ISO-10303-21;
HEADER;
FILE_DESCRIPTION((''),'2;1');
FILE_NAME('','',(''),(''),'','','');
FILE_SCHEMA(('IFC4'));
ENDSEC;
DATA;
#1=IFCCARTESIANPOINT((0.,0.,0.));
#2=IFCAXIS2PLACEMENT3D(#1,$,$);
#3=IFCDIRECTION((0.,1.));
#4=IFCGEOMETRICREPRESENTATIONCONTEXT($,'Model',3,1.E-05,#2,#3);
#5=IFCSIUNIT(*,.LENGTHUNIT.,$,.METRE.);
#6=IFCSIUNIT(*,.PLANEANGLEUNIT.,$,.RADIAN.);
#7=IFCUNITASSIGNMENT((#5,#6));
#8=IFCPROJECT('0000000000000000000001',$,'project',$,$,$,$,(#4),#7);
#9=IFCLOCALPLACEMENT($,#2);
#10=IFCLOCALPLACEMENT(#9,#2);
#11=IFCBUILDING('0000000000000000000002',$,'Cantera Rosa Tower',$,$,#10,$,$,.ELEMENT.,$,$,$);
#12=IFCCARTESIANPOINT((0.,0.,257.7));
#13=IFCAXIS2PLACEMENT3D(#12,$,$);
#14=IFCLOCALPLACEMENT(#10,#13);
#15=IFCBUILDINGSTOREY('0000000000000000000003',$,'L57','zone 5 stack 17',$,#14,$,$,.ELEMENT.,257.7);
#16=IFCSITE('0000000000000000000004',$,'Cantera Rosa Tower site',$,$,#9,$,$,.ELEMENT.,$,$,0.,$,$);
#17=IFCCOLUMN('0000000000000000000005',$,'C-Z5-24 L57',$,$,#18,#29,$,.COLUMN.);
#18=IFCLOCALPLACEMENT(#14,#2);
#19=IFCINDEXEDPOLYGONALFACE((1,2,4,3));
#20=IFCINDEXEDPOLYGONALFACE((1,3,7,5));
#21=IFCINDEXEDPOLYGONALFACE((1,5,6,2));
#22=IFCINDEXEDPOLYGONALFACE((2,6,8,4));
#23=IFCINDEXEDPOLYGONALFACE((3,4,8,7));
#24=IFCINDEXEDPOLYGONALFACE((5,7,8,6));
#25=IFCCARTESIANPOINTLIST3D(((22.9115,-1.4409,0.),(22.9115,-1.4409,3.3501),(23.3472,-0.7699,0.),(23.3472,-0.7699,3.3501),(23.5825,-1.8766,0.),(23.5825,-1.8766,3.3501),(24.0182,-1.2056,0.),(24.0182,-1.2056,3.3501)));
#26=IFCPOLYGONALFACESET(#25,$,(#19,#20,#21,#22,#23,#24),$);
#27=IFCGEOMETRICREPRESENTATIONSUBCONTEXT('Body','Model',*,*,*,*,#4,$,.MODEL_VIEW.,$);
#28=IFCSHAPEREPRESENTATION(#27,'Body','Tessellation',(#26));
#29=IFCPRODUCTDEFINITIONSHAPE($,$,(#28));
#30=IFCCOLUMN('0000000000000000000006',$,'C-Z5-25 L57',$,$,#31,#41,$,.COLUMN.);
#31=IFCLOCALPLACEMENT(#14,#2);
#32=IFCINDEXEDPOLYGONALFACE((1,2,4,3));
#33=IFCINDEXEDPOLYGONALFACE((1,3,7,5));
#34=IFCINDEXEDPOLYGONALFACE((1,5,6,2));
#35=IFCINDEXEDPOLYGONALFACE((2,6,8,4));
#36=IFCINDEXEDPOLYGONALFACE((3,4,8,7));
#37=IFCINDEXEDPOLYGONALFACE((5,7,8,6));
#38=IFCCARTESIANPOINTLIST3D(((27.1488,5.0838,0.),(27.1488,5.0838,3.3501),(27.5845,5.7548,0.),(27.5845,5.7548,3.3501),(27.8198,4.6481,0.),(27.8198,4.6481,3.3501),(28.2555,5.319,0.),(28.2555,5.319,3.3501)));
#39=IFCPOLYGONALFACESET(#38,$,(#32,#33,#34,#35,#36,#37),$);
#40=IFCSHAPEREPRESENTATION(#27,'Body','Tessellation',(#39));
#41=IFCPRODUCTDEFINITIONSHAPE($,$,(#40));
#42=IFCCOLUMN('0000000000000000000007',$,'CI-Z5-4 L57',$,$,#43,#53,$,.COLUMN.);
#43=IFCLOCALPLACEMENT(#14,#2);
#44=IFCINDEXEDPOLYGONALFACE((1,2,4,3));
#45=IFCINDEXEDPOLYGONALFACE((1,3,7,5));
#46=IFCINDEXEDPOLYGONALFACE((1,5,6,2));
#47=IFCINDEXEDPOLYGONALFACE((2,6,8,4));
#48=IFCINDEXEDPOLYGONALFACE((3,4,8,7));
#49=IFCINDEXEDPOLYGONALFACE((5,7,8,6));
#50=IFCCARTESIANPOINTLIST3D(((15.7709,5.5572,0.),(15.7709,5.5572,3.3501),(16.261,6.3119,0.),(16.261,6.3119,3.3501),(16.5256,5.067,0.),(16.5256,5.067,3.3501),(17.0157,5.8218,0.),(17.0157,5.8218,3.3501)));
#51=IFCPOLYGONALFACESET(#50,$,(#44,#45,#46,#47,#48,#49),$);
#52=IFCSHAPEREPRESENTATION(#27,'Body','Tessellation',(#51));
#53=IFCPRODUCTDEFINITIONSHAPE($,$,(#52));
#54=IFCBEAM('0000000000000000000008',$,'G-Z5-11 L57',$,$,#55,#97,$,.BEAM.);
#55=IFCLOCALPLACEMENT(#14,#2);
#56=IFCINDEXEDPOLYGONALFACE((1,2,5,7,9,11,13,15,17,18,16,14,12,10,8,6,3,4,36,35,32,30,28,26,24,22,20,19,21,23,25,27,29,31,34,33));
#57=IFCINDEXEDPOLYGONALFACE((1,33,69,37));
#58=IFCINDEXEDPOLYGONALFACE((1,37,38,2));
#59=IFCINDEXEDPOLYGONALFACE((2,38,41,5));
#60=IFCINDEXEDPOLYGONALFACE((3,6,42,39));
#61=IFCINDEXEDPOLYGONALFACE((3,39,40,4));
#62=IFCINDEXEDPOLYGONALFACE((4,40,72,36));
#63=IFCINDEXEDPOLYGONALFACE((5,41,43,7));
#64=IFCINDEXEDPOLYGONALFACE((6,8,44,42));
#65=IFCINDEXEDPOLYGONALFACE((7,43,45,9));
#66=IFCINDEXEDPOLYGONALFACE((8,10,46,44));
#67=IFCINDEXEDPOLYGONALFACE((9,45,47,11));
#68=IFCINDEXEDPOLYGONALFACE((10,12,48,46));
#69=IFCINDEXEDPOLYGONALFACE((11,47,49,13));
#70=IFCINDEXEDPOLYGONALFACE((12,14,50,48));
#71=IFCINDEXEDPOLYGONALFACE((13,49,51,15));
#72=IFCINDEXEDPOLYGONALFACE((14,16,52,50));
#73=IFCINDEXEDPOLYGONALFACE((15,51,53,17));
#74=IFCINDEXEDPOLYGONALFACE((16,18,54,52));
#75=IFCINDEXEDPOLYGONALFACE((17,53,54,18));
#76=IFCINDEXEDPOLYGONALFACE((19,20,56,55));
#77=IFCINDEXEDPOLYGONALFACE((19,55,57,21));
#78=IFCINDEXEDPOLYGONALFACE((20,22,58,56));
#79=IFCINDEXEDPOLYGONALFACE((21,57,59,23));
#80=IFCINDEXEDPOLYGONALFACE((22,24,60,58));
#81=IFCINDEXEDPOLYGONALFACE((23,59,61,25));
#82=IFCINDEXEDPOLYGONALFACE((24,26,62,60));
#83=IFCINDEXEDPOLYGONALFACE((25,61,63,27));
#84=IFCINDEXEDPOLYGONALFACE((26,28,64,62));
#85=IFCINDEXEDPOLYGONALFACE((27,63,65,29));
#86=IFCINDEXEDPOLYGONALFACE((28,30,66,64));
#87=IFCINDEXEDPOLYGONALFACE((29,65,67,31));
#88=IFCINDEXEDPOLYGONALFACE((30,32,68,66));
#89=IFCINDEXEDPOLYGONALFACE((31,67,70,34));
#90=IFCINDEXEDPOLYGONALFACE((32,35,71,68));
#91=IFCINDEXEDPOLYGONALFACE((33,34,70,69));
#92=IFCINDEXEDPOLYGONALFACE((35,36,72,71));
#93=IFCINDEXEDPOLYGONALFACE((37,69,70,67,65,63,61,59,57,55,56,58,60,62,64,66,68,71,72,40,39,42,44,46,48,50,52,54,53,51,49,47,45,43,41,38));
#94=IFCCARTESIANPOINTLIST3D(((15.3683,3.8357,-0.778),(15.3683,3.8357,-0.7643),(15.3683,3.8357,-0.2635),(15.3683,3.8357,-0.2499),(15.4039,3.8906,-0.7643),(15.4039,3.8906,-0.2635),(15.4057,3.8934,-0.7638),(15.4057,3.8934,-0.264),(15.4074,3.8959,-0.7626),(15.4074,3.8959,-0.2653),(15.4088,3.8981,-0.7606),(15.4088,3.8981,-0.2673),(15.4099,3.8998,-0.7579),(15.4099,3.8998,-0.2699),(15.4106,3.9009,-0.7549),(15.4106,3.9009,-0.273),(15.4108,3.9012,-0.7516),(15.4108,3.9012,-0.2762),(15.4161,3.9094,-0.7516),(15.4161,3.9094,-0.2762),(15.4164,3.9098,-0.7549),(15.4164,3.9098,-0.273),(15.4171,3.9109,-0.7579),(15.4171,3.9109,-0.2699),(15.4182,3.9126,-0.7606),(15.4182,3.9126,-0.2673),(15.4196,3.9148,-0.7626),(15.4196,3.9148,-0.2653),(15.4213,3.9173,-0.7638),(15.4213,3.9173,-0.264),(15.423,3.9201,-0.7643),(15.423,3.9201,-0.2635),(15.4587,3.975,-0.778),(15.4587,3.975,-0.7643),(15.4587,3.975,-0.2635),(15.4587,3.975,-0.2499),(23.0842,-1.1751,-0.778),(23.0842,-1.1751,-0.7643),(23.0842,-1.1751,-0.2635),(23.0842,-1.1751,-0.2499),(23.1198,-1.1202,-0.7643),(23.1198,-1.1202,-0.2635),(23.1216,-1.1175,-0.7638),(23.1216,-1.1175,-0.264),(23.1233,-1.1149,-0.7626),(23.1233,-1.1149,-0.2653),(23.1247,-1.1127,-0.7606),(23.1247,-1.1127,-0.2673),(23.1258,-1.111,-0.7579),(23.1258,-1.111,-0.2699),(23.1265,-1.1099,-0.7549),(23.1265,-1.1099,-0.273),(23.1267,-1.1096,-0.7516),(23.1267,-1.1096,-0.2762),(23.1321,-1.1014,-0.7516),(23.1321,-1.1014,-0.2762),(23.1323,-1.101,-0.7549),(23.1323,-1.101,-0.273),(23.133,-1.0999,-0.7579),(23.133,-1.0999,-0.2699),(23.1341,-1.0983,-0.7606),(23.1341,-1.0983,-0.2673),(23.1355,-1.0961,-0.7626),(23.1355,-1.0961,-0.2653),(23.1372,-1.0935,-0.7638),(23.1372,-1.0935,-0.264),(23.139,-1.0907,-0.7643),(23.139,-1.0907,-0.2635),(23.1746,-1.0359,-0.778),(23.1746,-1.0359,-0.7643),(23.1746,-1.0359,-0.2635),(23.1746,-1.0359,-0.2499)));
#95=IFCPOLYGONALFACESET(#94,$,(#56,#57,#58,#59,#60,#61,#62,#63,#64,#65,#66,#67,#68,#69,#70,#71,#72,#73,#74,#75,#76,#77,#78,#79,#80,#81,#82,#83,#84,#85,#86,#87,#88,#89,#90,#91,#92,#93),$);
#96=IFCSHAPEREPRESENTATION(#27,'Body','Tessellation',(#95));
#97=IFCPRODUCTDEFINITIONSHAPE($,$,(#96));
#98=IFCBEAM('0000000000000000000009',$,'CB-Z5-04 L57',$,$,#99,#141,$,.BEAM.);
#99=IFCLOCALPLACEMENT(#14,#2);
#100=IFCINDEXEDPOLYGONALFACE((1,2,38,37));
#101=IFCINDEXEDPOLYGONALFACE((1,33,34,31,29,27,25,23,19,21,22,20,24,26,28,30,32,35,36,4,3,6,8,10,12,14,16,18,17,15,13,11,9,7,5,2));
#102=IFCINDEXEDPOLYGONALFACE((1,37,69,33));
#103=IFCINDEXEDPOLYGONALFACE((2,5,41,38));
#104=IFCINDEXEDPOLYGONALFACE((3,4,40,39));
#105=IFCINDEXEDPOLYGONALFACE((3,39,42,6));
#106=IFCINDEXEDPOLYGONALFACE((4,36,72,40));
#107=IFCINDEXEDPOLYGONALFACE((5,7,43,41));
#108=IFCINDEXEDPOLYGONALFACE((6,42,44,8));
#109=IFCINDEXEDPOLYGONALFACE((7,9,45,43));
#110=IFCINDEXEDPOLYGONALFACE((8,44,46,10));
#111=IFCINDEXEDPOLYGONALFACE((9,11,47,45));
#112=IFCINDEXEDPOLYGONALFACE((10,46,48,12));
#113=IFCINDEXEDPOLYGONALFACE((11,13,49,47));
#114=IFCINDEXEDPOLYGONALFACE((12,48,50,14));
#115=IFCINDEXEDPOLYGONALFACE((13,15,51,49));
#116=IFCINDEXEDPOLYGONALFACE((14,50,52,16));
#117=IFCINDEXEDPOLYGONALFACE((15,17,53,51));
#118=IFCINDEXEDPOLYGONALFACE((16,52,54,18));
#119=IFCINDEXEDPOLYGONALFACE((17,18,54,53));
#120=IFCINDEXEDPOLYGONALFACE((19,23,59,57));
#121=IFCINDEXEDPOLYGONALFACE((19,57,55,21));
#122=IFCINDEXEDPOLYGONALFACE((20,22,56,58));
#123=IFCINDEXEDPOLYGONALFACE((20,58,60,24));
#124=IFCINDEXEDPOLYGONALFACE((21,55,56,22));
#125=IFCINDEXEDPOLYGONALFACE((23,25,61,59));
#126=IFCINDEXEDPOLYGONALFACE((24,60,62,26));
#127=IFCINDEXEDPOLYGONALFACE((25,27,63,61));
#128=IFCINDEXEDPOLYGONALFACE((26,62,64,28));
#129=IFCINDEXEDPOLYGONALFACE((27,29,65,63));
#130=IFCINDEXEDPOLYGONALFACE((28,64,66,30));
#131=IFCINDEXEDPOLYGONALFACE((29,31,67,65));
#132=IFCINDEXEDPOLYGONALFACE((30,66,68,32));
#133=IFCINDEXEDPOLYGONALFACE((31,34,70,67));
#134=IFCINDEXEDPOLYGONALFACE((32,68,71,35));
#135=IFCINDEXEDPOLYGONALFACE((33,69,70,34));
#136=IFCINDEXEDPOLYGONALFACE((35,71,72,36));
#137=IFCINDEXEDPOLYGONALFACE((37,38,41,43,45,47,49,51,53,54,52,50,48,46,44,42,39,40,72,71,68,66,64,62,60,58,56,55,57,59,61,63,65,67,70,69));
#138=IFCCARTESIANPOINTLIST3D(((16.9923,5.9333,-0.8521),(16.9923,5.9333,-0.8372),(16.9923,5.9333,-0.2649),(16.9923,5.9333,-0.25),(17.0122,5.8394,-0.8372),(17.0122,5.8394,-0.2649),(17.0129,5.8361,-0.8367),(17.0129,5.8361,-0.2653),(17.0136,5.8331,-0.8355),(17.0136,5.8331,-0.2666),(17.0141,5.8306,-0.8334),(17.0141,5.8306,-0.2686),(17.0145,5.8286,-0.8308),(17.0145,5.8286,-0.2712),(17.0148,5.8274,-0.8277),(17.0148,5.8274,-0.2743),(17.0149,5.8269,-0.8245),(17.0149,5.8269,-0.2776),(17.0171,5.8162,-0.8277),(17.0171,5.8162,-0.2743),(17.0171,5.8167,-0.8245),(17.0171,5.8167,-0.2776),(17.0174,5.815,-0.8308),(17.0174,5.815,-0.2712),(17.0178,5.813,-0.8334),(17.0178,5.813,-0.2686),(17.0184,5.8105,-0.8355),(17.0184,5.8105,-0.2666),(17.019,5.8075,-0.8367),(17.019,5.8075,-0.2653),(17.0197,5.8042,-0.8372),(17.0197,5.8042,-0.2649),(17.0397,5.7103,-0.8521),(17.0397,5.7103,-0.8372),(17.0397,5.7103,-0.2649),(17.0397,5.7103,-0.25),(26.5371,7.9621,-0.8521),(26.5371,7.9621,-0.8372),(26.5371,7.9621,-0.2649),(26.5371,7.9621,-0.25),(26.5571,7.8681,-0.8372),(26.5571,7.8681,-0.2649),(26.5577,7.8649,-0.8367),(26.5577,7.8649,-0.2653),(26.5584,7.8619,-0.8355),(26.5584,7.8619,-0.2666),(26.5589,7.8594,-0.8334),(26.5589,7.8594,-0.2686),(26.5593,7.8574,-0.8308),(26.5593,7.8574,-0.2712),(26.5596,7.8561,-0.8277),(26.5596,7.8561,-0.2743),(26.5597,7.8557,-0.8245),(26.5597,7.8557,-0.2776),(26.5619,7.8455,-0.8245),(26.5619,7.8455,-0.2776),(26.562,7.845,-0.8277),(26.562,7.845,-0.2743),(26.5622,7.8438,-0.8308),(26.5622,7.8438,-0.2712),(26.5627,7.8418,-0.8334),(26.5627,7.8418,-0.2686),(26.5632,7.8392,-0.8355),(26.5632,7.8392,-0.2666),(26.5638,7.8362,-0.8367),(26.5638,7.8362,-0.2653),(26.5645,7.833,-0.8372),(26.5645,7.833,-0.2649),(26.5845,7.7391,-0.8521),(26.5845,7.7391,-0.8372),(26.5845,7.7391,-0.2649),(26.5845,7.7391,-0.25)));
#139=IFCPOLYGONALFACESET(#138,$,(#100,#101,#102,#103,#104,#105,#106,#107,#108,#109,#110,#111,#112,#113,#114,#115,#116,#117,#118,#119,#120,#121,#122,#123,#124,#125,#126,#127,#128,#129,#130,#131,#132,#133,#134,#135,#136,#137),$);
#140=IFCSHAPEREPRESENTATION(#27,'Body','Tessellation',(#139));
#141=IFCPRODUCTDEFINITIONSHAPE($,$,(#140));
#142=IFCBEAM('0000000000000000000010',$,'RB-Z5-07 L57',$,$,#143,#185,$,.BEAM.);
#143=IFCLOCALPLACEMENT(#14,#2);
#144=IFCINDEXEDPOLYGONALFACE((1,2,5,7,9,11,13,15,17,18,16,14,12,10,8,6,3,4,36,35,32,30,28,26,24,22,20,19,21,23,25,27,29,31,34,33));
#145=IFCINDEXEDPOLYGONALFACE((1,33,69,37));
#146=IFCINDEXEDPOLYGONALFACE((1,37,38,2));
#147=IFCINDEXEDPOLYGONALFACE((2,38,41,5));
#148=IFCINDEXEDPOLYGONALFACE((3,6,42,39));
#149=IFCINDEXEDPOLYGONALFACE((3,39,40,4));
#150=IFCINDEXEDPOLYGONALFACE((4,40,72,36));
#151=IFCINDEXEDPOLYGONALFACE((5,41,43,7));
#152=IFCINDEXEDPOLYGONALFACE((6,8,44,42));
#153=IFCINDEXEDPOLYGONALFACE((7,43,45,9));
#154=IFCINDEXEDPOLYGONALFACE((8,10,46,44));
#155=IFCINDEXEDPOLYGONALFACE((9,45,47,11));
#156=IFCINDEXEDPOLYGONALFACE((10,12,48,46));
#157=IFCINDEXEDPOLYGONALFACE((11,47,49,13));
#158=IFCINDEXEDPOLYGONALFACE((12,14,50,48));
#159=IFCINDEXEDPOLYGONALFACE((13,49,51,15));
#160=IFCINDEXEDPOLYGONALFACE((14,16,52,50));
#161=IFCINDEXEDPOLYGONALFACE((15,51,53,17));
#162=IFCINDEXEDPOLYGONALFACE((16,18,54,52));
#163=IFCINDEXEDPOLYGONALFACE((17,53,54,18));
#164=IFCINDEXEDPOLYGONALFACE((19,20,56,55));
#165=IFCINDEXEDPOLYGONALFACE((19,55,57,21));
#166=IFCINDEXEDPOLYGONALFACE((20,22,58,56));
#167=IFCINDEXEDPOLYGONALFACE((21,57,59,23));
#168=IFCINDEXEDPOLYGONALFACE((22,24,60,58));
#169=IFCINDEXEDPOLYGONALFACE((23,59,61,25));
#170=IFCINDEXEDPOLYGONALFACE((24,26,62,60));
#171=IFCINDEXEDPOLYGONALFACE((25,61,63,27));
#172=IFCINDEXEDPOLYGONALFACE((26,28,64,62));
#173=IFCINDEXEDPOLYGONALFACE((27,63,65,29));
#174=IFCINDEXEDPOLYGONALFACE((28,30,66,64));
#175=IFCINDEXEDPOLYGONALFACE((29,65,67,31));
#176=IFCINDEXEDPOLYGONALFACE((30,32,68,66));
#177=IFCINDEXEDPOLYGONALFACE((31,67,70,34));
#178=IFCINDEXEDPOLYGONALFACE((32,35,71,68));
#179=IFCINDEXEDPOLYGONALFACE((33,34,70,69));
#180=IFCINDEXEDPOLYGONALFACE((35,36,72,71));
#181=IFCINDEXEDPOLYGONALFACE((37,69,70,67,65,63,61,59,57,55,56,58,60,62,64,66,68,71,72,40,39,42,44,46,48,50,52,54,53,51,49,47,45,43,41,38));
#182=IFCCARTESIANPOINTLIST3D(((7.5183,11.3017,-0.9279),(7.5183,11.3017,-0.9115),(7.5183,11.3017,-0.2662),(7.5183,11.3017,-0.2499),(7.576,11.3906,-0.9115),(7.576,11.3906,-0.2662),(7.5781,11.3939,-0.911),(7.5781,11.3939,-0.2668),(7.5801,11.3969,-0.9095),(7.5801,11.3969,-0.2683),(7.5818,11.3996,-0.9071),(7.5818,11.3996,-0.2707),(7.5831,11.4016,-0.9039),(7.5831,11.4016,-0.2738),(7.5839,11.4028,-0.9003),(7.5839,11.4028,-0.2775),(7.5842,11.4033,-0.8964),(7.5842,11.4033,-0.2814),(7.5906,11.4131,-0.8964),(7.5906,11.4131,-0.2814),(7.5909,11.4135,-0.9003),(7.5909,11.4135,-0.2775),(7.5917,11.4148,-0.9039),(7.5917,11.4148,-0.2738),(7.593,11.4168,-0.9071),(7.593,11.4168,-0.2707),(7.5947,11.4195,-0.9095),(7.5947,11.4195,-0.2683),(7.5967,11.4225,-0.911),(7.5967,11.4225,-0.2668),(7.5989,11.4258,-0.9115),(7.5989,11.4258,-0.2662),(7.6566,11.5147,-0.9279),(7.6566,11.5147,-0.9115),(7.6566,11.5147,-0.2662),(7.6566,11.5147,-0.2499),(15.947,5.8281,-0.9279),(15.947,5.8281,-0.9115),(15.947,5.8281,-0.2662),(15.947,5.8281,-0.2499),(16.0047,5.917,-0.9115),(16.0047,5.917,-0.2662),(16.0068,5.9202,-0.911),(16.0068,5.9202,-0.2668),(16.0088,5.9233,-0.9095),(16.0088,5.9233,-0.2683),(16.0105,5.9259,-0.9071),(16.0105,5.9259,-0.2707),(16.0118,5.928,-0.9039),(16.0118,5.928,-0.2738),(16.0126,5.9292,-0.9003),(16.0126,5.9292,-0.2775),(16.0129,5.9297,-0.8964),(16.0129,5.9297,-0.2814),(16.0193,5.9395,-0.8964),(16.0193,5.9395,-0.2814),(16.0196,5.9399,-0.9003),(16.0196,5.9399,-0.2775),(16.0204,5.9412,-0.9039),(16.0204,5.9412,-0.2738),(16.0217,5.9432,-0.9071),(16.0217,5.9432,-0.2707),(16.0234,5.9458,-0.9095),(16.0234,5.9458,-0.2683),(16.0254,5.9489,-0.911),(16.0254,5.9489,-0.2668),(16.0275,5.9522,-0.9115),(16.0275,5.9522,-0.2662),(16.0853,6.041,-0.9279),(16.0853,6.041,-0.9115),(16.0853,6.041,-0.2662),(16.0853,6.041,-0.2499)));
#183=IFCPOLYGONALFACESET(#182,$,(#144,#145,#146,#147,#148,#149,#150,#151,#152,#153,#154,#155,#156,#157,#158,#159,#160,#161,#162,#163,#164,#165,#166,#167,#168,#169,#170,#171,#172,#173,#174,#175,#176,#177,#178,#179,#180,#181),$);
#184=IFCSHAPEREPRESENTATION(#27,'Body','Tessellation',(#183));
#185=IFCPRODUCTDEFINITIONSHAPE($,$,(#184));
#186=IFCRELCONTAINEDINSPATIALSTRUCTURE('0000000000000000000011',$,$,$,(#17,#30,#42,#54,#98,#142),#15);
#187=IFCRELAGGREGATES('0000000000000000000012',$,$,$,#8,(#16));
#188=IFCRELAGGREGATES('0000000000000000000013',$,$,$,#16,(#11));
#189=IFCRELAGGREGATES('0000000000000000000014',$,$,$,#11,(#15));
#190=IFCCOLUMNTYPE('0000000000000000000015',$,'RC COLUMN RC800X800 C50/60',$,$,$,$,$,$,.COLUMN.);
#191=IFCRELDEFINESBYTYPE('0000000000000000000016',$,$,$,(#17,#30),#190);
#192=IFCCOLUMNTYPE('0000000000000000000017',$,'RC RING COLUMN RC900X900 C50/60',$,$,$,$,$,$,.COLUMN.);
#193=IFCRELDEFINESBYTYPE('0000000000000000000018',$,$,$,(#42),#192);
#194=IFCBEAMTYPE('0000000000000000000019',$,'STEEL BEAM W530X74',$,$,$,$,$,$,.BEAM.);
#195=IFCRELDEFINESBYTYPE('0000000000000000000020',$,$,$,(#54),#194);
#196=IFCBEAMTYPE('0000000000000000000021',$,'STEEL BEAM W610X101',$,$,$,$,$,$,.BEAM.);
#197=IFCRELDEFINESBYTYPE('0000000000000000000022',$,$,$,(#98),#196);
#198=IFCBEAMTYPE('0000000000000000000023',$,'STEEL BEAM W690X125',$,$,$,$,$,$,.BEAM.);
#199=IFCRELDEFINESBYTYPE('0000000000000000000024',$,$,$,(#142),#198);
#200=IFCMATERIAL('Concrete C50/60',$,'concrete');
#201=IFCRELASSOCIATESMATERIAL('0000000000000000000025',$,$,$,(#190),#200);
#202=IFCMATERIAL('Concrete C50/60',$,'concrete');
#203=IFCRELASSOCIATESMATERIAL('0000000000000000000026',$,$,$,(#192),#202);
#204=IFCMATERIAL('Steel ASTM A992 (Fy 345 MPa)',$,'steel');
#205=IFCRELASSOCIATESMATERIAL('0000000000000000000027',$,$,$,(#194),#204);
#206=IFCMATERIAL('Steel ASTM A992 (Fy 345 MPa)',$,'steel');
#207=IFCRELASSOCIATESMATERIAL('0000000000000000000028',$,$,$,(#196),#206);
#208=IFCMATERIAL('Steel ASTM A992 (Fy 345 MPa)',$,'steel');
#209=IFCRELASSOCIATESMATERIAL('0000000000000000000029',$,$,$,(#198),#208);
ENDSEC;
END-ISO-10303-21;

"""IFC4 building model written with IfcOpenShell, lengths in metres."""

from ifc_helpers import new_model, si_unit, direction, frame, origin, origin_2d, place, context, subcontext, project, spatial, rectangle, i_section, extrude, material, material_profile, profile_set, type_object, element, save


model = new_model("IFC4")

# Units and contexts
model_context = context("Model", 3, precision=1e-05, world=origin(), true_north=direction((0.0, 1.0)))
body_context = subcontext(model_context, "Body", "Model", "MODEL_VIEW")
ifc_project = project(units=[si_unit("LENGTHUNIT", "METRE"), si_unit("PLANEANGLEUNIT", "RADIAN")], contexts=[model_context])

# Site, building, storey
site_placement = place(None, origin())
site = spatial("IfcSite", under=ifc_project, at=site_placement, Name="Cantera Rosa Tower site", CompositionType="ELEMENT", RefElevation=0.0)
building_placement = place(site_placement, origin())
building = spatial("IfcBuilding", under=site, at=building_placement, Name="Cantera Rosa Tower", CompositionType="ELEMENT")
storey_placement = place(building_placement, frame((0.0, 0.0, 257.7)))
storey = spatial("IfcBuildingStorey", under=building, at=storey_placement, Name="L57", Description="zone 5 stack 17", CompositionType="ELEMENT", Elevation=257.7)

# Columns
ifc_material_1 = material(Name="Concrete C50/60", Category="concrete")
ifc_material_profile_1 = material_profile(ifc_material_1, rectangle(XDim=0.8, YDim=0.8, at=origin_2d()), Name="RC COLUMN RC800X800 C50/60")
ifc_profile_set_1 = profile_set([ifc_material_profile_1], Name="Concrete C50/60")
column_type_1 = type_object("IfcColumnType", Name="RC COLUMN RC800X800 C50/60", PredefinedType="COLUMN", material=ifc_profile_set_1)
for number, where, z_axis, x_axis, name in (
    (1, (23.4648, -1.3232, 0.0), (0.0, 0.0, 1.0), (0.544639, 0.838671, 0.0), "C-Z5-24 L57"),
    (2, (27.7021, 5.2014, 0.0), (0.0, 0.0, 1.0), (0.544639, 0.838671, 0.0), "C-Z5-25 L57"),
):
    element("IfcColumn", number, at=place(storey_placement, frame(where, z_axis=z_axis, x_axis=x_axis)), inside=storey, type_object=column_type_1, Name=name, PredefinedType="COLUMN", context=body_context, shape_type="SweptSolid", body=[
        extrude(rectangle(XDim=0.8, YDim=0.8, at=origin_2d()), origin(), (0.0, 0.0, 1.0), 3.3501),
    ])
ifc_material_2 = material(Name="Concrete C50/60", Category="concrete")
ifc_material_profile_2 = material_profile(ifc_material_2, rectangle(XDim=0.8999, YDim=0.8999, at=origin_2d()), Name="RC RING COLUMN RC900X900 C50/60")
ifc_profile_set_2 = profile_set([ifc_material_profile_2], Name="Concrete C50/60")
column_type_2 = type_object("IfcColumnType", Name="RC RING COLUMN RC900X900 C50/60", PredefinedType="COLUMN", material=ifc_profile_set_2)
column_placement = place(storey_placement, frame((16.3933, 5.6895, 0.0), z_axis=(0.0, 0.0, 1.0), x_axis=(0.544639, 0.838671, 0.0)))
element("IfcColumn", 3, at=column_placement, inside=storey, type_object=column_type_2, Name="CI-Z5-4 L57", PredefinedType="COLUMN", context=body_context, shape_type="SweptSolid", body=[
    extrude(rectangle(XDim=0.8999, YDim=0.8999, at=origin_2d()), origin(), (0.0, 0.0, 1.0), 3.3501),
])

# Beams
ifc_material_3 = material(Name="Steel ASTM A992 (Fy 345 MPa)", Category="steel")
ifc_material_profile_3 = material_profile(ifc_material_3, i_section(OverallWidth=0.166, OverallDepth=0.5281, WebThickness=0.0098, FlangeThickness=0.0137, FilletRadius=0.0127, at=origin_2d()), Name="W530X74")
ifc_profile_set_3 = profile_set([ifc_material_profile_3], Name="Steel ASTM A992 (Fy 345 MPa)")
beam_type_1 = type_object("IfcBeamType", Name="STEEL BEAM W530X74", PredefinedType="BEAM", material=ifc_profile_set_3)
beam_1_placement = place(storey_placement, frame((23.1294, -1.1055, -0.5139), z_axis=(-0.838669, 0.544641, 0.0), x_axis=(-0.544641, -0.838669, 0.0)))
element("IfcBeam", 4, at=beam_1_placement, inside=storey, type_object=beam_type_1, Name="G-Z5-11 L57", PredefinedType="BEAM", context=body_context, shape_type="SweptSolid", body=[
    extrude(i_section(OverallWidth=0.166, OverallDepth=0.5281, WebThickness=0.0098, FlangeThickness=0.0137, FilletRadius=0.0127, at=origin_2d()), origin(), (0.0, 0.0, 1.0), 9.2002),
])
ifc_material_4 = material(Name="Steel ASTM A992 (Fy 345 MPa)", Category="steel")
ifc_material_profile_4 = material_profile(ifc_material_4, i_section(OverallWidth=0.228, OverallDepth=0.6021, WebThickness=0.0105, FlangeThickness=0.0149, FilletRadius=0.0127, at=origin_2d()), Name="W610X101")
ifc_profile_set_4 = profile_set([ifc_material_profile_4], Name="Steel ASTM A992 (Fy 345 MPa)")
beam_type_2 = type_object("IfcBeamType", Name="STEEL BEAM W610X101", PredefinedType="BEAM", material=ifc_profile_set_4)
beam_2_placement = place(storey_placement, frame((26.5608, 7.8506, -0.551), z_axis=(-0.978148, -0.207909, 0.0), x_axis=(0.207909, -0.978148, 0.0)))
element("IfcBeam", 5, at=beam_2_placement, inside=storey, type_object=beam_type_2, Name="CB-Z5-04 L57", PredefinedType="BEAM", context=body_context, shape_type="SweptSolid", body=[
    extrude(i_section(OverallWidth=0.228, OverallDepth=0.6021, WebThickness=0.0105, FlangeThickness=0.0149, FilletRadius=0.0127, at=origin_2d()), origin(), (0.0, 0.0, 1.0), 9.7581),
])
ifc_material_5 = material(Name="Steel ASTM A992 (Fy 345 MPa)", Category="steel")
ifc_material_profile_5 = material_profile(ifc_material_5, i_section(OverallWidth=0.2539, OverallDepth=0.678, WebThickness=0.0117, FlangeThickness=0.0164, FilletRadius=0.0151, at=origin_2d()), Name="W690X125")
ifc_profile_set_5 = profile_set([ifc_material_profile_5], Name="Steel ASTM A992 (Fy 345 MPa)")
beam_type_3 = type_object("IfcBeamType", Name="STEEL BEAM W690X125", PredefinedType="BEAM", material=ifc_profile_set_5)
beam_3_placement = place(storey_placement, frame((16.0161, 5.9346, -0.5889), z_axis=(-0.838672, 0.544637, 0.0), x_axis=(-0.544637, -0.838672, 0.0)))
element("IfcBeam", 6, at=beam_3_placement, inside=storey, type_object=beam_type_3, Name="RB-Z5-07 L57", PredefinedType="BEAM", context=body_context, shape_type="SweptSolid", body=[
    extrude(i_section(OverallWidth=0.2539, OverallDepth=0.678, WebThickness=0.0117, FlangeThickness=0.0164, FilletRadius=0.0151, at=origin_2d()), origin(), (0.0, 0.0, 1.0), 10.05),
])

save(model, "model.ifc")
